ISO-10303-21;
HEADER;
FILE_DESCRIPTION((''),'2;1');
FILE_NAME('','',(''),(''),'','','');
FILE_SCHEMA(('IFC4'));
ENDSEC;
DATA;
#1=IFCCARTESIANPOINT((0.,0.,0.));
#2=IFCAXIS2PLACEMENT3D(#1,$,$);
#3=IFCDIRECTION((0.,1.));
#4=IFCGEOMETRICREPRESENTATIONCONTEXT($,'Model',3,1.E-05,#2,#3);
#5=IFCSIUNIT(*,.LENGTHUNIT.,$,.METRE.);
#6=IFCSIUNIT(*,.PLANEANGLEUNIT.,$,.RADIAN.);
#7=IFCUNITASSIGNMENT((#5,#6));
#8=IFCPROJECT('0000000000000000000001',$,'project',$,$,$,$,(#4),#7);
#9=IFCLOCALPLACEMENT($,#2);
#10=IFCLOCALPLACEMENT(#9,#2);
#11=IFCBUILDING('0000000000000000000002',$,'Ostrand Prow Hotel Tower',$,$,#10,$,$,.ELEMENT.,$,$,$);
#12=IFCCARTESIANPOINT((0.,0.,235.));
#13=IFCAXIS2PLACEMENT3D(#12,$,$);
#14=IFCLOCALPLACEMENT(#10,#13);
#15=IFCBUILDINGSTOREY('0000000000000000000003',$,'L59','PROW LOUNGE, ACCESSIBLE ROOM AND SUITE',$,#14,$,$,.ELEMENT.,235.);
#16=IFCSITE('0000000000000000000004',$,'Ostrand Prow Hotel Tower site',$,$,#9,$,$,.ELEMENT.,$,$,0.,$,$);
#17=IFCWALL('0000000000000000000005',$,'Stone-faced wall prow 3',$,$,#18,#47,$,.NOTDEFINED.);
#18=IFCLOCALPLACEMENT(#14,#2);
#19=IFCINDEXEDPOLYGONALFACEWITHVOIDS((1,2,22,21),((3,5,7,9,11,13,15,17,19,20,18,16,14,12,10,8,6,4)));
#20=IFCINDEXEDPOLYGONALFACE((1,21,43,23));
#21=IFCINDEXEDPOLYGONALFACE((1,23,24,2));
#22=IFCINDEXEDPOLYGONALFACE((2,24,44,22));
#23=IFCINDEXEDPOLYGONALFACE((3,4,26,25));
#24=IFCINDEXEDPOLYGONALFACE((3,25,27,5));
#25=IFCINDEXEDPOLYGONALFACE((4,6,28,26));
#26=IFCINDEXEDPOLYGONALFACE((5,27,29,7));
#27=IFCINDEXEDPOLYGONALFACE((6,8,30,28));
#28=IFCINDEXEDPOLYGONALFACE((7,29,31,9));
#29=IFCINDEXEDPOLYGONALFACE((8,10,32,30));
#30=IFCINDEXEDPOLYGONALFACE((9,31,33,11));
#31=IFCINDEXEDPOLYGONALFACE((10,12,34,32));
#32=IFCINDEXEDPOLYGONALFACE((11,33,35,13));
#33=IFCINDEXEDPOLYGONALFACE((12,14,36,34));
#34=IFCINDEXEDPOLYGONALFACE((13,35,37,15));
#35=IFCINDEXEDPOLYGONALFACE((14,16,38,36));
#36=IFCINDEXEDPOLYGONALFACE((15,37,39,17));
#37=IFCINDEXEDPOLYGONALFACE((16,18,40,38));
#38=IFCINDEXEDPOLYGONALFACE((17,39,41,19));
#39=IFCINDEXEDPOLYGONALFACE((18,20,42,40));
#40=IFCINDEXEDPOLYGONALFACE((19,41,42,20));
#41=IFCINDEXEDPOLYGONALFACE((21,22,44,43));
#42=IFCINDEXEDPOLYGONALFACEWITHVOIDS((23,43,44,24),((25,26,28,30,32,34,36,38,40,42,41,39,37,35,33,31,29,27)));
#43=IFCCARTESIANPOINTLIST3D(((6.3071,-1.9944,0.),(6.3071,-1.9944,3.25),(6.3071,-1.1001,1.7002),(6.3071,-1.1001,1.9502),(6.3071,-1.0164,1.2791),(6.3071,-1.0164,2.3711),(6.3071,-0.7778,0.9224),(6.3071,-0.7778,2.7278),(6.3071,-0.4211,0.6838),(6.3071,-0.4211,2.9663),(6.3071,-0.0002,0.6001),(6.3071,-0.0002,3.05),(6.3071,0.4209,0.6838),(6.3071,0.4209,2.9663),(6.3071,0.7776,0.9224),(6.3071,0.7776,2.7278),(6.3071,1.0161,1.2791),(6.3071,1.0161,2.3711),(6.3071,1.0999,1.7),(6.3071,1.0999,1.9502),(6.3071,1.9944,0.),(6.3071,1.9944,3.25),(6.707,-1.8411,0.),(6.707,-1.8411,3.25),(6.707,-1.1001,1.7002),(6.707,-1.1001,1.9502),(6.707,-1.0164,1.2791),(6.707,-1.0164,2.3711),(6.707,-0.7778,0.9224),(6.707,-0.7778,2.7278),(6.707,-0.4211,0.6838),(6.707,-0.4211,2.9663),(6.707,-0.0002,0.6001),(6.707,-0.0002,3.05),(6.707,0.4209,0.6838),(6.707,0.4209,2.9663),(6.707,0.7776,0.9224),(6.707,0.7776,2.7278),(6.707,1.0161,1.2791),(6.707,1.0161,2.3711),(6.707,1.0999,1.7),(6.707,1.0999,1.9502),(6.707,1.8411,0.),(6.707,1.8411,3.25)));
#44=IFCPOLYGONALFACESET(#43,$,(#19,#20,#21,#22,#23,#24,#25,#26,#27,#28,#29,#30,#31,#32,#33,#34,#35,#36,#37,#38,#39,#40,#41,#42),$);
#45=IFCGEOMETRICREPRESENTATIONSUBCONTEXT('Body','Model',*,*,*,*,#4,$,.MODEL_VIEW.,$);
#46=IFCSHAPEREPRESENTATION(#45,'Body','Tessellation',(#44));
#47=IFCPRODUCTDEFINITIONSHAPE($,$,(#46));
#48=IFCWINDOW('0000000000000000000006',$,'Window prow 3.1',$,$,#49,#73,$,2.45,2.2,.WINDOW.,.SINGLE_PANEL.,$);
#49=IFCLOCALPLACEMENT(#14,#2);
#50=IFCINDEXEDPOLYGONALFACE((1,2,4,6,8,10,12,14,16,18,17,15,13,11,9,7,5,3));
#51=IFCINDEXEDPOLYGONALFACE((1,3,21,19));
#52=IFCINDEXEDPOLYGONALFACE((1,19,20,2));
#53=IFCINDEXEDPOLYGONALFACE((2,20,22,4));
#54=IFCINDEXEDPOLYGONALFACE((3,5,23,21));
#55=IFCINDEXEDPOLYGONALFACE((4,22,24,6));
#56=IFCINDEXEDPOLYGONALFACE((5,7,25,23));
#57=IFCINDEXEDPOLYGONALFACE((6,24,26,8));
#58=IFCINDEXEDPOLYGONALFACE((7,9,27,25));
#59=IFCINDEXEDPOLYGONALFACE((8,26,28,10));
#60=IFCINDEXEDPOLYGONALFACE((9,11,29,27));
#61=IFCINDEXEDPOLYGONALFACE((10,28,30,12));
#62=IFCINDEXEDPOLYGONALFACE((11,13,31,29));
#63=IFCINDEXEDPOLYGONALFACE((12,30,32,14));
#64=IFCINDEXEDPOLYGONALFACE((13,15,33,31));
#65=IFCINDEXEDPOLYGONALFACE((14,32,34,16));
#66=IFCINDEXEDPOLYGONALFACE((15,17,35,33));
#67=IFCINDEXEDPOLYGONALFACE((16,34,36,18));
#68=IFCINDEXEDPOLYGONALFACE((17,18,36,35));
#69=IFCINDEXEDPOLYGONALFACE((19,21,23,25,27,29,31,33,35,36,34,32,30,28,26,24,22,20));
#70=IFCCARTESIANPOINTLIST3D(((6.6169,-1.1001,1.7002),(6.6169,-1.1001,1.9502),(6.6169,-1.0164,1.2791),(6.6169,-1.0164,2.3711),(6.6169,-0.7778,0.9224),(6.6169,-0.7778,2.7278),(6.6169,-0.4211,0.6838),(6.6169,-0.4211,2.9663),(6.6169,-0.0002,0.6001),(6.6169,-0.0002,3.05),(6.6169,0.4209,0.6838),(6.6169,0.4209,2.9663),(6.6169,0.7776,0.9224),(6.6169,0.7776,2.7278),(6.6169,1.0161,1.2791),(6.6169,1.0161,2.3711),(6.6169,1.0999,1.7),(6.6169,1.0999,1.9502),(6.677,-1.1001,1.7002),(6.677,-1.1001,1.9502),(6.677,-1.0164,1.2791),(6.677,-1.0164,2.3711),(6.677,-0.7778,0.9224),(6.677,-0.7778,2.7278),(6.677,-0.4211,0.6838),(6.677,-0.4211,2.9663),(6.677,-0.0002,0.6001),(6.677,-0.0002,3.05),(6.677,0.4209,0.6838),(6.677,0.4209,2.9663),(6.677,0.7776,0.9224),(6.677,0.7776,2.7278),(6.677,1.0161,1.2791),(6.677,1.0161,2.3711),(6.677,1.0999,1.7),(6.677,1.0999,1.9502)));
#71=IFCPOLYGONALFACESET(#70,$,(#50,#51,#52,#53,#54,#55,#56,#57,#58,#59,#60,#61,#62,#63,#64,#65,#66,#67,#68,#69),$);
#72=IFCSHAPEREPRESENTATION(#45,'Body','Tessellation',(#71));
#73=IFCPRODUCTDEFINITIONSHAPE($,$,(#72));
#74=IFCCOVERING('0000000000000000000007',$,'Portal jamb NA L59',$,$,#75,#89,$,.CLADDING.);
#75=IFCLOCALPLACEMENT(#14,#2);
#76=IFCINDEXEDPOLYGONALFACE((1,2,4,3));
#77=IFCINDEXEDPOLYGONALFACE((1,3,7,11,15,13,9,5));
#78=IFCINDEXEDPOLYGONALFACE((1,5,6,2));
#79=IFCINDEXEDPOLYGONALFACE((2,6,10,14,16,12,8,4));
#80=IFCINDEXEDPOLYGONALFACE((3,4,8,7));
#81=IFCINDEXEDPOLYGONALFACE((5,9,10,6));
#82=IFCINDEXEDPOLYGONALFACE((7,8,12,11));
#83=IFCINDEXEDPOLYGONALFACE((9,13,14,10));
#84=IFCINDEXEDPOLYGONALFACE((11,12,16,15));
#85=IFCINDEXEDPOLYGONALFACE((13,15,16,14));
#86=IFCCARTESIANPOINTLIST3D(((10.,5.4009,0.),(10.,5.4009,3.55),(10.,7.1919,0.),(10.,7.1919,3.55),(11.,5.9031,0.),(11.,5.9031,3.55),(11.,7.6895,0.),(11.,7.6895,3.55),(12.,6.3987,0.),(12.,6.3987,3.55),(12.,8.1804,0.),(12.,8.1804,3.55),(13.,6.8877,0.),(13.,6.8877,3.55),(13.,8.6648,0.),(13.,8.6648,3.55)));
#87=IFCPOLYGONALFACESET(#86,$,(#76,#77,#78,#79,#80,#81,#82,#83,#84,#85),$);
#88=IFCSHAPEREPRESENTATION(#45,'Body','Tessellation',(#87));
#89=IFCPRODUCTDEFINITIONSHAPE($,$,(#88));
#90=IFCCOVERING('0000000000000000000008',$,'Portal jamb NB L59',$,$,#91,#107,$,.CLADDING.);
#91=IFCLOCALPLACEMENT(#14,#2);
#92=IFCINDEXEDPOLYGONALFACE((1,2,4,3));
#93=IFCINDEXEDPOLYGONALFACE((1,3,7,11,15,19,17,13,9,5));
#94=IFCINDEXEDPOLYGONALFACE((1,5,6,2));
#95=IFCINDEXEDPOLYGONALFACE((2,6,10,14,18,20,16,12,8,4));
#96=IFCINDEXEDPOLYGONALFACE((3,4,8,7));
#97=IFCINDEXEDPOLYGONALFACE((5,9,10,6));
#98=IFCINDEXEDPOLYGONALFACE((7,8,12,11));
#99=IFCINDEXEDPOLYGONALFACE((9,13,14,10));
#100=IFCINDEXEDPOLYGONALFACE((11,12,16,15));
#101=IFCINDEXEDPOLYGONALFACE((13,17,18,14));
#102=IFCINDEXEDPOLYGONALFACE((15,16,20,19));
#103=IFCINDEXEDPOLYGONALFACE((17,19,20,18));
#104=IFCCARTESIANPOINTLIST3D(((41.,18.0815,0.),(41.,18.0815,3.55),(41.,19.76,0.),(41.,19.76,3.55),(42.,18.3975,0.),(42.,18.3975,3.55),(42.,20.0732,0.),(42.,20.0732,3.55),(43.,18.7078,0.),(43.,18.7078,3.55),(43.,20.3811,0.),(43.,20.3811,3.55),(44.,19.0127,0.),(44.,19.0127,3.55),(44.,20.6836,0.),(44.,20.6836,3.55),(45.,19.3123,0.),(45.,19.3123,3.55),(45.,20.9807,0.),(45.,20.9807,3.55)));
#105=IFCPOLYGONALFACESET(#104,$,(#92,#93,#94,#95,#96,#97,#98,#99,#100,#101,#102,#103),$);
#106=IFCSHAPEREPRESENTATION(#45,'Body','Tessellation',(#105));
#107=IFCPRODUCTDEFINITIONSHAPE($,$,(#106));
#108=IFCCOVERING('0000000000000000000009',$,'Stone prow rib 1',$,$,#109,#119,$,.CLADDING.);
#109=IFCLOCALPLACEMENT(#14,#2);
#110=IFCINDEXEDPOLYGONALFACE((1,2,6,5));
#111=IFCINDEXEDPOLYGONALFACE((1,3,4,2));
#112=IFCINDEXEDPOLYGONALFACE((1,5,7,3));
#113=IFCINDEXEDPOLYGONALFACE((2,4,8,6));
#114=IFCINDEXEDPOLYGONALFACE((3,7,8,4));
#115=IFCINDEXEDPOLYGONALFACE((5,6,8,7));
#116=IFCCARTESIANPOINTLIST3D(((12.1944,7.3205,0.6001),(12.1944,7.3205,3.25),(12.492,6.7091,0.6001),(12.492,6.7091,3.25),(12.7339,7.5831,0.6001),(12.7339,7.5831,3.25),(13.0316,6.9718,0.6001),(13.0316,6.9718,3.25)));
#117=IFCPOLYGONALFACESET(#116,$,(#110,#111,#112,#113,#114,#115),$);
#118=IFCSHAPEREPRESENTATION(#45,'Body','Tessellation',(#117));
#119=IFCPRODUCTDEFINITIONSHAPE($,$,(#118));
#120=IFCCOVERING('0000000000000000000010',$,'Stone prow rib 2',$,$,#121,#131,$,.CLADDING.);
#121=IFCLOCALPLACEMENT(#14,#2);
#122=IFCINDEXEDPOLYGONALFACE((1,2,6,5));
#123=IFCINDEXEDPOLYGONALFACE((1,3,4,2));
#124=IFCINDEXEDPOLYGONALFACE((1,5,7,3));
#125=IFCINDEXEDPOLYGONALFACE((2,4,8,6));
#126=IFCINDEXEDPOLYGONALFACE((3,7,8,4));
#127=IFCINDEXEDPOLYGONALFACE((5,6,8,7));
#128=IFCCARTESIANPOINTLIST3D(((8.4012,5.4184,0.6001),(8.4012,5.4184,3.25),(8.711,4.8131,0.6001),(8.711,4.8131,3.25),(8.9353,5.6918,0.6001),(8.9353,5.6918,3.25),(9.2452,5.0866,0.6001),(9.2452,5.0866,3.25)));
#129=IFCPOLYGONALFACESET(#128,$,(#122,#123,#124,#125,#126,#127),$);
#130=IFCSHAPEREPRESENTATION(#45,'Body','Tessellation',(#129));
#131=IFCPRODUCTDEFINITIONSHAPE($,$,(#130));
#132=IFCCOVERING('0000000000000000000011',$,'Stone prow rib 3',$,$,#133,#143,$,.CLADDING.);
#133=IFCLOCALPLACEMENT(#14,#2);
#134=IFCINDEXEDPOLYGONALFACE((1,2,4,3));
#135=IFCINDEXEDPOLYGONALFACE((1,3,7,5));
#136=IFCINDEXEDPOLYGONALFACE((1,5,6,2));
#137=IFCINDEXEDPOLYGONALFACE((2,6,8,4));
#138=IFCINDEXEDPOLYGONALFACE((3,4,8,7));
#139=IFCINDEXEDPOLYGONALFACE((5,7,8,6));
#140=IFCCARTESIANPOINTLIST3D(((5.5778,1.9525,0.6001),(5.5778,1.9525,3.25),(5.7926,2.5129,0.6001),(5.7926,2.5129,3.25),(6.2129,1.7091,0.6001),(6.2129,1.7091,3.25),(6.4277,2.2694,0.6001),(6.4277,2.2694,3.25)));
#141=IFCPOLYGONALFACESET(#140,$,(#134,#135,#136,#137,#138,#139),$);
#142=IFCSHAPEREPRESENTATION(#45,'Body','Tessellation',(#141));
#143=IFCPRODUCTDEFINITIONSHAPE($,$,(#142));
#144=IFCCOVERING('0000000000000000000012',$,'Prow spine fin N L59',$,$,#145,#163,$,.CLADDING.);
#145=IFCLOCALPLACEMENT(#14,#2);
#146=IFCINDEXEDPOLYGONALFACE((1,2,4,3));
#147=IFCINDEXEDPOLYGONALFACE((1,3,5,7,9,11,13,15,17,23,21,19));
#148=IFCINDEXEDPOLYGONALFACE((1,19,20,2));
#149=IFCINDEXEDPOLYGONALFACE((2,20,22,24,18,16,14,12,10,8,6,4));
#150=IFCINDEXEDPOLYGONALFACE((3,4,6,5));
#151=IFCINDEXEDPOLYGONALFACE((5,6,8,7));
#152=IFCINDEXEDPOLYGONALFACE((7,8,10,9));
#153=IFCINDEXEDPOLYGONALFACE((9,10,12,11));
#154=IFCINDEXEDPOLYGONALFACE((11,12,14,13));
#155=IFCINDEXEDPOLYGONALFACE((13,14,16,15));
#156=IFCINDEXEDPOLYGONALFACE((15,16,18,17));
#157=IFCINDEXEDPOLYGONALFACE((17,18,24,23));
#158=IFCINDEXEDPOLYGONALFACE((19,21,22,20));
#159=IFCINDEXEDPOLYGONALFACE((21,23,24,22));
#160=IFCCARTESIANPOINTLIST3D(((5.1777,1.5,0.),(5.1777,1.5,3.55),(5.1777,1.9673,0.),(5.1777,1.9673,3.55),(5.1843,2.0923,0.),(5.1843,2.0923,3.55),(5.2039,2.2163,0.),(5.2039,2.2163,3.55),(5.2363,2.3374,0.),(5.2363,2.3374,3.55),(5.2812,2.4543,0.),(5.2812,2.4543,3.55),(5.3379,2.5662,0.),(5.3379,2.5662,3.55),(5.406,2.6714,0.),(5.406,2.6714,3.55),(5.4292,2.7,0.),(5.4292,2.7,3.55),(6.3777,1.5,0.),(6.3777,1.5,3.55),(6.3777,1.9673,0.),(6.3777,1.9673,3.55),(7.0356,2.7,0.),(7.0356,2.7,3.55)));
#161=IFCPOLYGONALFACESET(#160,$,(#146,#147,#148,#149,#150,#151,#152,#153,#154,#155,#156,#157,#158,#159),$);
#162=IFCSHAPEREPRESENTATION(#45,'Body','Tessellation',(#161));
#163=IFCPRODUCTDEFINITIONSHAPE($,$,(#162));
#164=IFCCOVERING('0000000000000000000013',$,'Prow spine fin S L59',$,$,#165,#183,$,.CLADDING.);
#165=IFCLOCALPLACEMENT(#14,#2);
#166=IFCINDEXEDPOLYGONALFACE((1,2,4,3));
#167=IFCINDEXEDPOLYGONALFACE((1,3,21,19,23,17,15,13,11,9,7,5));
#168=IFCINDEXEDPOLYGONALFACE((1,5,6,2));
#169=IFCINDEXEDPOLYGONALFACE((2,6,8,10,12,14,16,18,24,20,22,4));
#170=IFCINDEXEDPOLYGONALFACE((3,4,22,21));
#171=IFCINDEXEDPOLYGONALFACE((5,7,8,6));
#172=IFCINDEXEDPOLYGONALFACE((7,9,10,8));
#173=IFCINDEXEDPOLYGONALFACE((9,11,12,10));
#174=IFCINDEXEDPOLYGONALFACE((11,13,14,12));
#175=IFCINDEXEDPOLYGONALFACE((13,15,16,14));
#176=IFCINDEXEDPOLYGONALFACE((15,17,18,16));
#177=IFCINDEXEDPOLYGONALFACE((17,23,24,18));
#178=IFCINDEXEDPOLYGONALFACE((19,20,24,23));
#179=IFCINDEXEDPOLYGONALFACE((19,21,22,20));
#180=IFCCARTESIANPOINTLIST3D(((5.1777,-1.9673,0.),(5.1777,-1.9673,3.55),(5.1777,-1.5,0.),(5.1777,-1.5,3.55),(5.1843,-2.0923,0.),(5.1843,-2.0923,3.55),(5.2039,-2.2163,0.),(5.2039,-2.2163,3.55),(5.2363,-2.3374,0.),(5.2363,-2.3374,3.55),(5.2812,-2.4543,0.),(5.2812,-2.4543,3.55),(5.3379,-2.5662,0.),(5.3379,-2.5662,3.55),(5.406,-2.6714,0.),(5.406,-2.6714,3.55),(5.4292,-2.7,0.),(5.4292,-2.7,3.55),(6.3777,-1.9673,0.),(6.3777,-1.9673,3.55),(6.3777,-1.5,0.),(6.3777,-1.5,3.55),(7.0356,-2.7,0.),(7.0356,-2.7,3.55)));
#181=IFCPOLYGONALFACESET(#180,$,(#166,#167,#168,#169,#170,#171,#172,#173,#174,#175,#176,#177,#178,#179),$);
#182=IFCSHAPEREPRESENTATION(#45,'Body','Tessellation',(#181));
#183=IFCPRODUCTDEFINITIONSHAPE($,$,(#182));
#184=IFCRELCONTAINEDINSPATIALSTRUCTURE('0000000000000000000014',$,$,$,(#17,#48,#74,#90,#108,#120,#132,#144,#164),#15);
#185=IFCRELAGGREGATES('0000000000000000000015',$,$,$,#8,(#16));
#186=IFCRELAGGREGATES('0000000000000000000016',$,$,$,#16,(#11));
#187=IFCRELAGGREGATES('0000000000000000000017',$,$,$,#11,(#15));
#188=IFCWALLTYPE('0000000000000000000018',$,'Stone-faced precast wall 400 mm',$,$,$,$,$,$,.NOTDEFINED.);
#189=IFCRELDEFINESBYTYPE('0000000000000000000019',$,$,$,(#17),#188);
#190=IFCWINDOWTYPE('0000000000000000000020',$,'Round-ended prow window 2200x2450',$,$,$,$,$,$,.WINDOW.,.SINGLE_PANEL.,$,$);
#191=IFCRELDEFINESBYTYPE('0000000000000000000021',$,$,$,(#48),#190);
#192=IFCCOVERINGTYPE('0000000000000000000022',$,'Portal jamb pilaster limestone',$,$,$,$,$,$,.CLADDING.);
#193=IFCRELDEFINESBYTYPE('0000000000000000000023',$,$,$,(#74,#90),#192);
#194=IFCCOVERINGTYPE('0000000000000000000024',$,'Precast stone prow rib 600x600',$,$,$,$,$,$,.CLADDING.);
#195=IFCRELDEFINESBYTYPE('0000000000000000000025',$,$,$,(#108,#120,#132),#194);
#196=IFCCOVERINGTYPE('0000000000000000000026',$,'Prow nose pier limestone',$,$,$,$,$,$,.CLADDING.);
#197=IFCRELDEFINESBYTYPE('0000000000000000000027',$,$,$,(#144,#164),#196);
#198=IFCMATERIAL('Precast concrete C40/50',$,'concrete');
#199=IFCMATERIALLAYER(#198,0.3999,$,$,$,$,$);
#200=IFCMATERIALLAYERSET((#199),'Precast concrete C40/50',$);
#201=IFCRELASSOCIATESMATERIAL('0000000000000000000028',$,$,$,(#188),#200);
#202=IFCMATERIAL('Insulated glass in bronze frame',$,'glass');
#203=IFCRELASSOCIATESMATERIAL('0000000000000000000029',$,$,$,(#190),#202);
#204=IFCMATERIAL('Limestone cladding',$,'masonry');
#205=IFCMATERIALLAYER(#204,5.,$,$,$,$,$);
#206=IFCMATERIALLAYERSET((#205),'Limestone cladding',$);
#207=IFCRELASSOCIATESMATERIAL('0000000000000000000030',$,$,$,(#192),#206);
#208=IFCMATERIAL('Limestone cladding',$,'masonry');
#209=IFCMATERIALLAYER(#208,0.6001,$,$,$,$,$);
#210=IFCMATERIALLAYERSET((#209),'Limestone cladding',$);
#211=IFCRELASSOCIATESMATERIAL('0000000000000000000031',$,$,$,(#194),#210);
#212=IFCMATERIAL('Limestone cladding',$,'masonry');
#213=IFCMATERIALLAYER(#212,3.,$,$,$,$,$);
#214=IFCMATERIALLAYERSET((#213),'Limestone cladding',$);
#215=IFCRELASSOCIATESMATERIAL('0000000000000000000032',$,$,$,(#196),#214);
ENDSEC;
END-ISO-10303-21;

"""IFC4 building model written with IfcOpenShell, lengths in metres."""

from ifc_helpers import new_model, si_unit, direction, frame, frame_2d, origin, place, context, subcontext, project, spatial, polyline, rectangle, outline, extrude, material, layer, layer_set, type_object, element, fill, save


model = new_model("IFC4")

# Units and contexts
model_context = context("Model", 3, precision=1e-05, world=origin(), true_north=direction((0.0, 1.0)))
body_context = subcontext(model_context, "Body", "Model", "MODEL_VIEW")
ifc_project = project(units=[si_unit("LENGTHUNIT", "METRE"), si_unit("PLANEANGLEUNIT", "RADIAN")], contexts=[model_context])

# Site, building, storey
site_placement = place(None, origin())
site = spatial("IfcSite", under=ifc_project, at=site_placement, Name="Ostrand Prow Hotel Tower site", CompositionType="ELEMENT", RefElevation=0.0)
building_placement = place(site_placement, origin())
building = spatial("IfcBuilding", under=site, at=building_placement, Name="Ostrand Prow Hotel Tower", CompositionType="ELEMENT")
storey_placement = place(building_placement, frame((0.0, 0.0, 235.0)))
storey = spatial("IfcBuildingStorey", under=building, at=storey_placement, Name="L59", Description="PROW LOUNGE, ACCESSIBLE ROOM AND SUITE", CompositionType="ELEMENT", Elevation=235.0)

# Wall, opening, window
ifc_material_1 = material(Name="Precast concrete C40/50", Category="concrete")
ifc_layer_1 = layer(ifc_material_1, 0.3999)
ifc_layer_set_1 = layer_set([ifc_layer_1], Name="Precast concrete C40/50")
wall_type_1 = type_object("IfcWallType", Name="Stone-faced precast wall 400 mm", PredefinedType="NOTDEFINED", material=ifc_layer_set_1)
ifc_material_2 = material(Name="Insulated glass in bronze frame", Category="glass")
window_type = type_object("IfcWindowType", Name="Round-ended prow window 2200x2450", PartitioningType="SINGLE_PANEL", PredefinedType="WINDOW", material=ifc_material_2)
wall_1_placement = place(storey_placement, frame((6.5071, 1.9177, 0.0), z_axis=(0.0, 0.0, 1.0), x_axis=(0.0, -1.0, 0.0)))
wall_1 = element("IfcWall", 1, at=wall_1_placement, inside=storey, type_object=wall_type_1, Name="Stone-faced wall prow 3", PredefinedType="NOTDEFINED", context=body_context, shape_type="SweptSolid", body=[
    extrude(outline(polyline([(-0.0767, -0.2), (3.9121, -0.2), (3.7588, 0.2), (0.0767, 0.2), (-0.0767, -0.2)])), origin(), (0.0, 0.0, 1.0), 3.25),
])
opening_1_placement = place(wall_1_placement, frame((0.8179, 0.0, 0.6001)))
opening_1 = element("IfcOpeningElement", 2, at=opening_1_placement, cuts=wall_1, PredefinedType="OPENING", context=body_context, shape_type="SweptSolid", body=[
    extrude(outline(polyline([(0.0, 1.3501), (0.0837, 1.771), (0.3223, 2.1277), (0.679, 2.3662), (1.1001, 2.45), (1.521, 2.3662), (1.8777, 2.1277), (2.1162, 1.771), (2.2, 1.3501), (2.2, 1.1001), (2.1162, 0.679), (1.8777, 0.3223), (1.521, 0.0837), (1.1001, 0.0), (0.679, 0.0837), (0.3223, 0.3223), (0.0837, 0.679), (0.0, 1.0999), (0.0, 1.3501)])), frame((0.0, 0.21, 0.0), z_axis=(0.0, -1.0, 0.0), x_axis=(1.0, 0.0, 0.0)), (0.0, 0.0, 1.0), 0.4199),
])
window_1_placement = place(opening_1_placement, origin())
window_1 = element("IfcWindow", 3, at=window_1_placement, inside=storey, type_object=window_type, Name="Window prow 3.1", OverallHeight=2.45, OverallWidth=2.2, PartitioningType="SINGLE_PANEL", PredefinedType="WINDOW", context=body_context, shape_type="SweptSolid", body=[
    extrude(outline(polyline([(0.0, 1.3501), (0.0837, 1.771), (0.3223, 2.1277), (0.679, 2.3662), (1.1001, 2.45), (1.521, 2.3662), (1.8777, 2.1277), (2.1162, 1.771), (2.2, 1.3501), (2.2, 1.1001), (2.1162, 0.679), (1.8777, 0.3223), (1.521, 0.0837), (1.1001, 0.0), (0.679, 0.0837), (0.3223, 0.3223), (0.0837, 0.679), (0.0, 1.0999), (0.0, 1.3501)])), frame((0.0, 0.1699, 0.0), z_axis=(0.0, -1.0, 0.0), x_axis=(1.0, 0.0, 0.0)), (0.0, 0.0, 1.0), 0.0601),
])
fill(opening_1, window_1)

# Coverings
ifc_material_3 = material(Name="Limestone cladding", Category="masonry")
ifc_layer_2 = layer(ifc_material_3, 5.0)
ifc_layer_set_2 = layer_set([ifc_layer_2], Name="Limestone cladding")
covering_type_1 = type_object("IfcCoveringType", Name="Portal jamb pilaster limestone", PredefinedType="CLADDING", material=ifc_layer_set_2)
covering_1_placement = place(storey_placement, origin())
element("IfcCovering", 4, at=covering_1_placement, inside=storey, type_object=covering_type_1, Name="Portal jamb NA L59", PredefinedType="CLADDING", context=body_context, shape_type="SweptSolid", body=[
    extrude(outline(polyline([(10.0, 5.4009), (11.0, 5.9031), (12.0, 6.3987), (13.0, 6.8877), (13.0, 8.6648), (12.0, 8.1804), (11.0, 7.6895), (10.0, 7.1919), (10.0, 5.4009)])), origin(), (0.0, 0.0, 1.0), 3.55),
])
covering_2_placement = place(storey_placement, origin())
element("IfcCovering", 5, at=covering_2_placement, inside=storey, type_object=covering_type_1, Name="Portal jamb NB L59", PredefinedType="CLADDING", context=body_context, shape_type="SweptSolid", body=[
    extrude(outline(polyline([(41.0, 18.0815), (42.0, 18.3975), (43.0, 18.7078), (44.0, 19.0127), (45.0, 19.3123), (45.0, 20.9807), (44.0, 20.6836), (43.0, 20.3811), (42.0, 20.0732), (41.0, 19.76), (41.0, 18.0815)])), origin(), (0.0, 0.0, 1.0), 3.55),
])
ifc_material_4 = material(Name="Limestone cladding", Category="masonry")
ifc_layer_3 = layer(ifc_material_4, 0.6001)
ifc_layer_set_3 = layer_set([ifc_layer_3], Name="Limestone cladding")
covering_type_2 = type_object("IfcCoveringType", Name="Precast stone prow rib 600x600", PredefinedType="CLADDING", material=ifc_layer_set_3)
for number, where, z_axis, x_axis, name in (
    (6, (12.7617, 6.8406, 0.6001), (0.0, 0.0, 1.0), (-0.437709, 0.899117, 0.0), "Stone prow rib 1"),
    (7, (8.978, 4.95, 0.6001), (0.0, 0.0, 1.0), (-0.455668, 0.89015, 0.0), "Stone prow rib 2"),
):
    element("IfcCovering", number, at=place(storey_placement, frame(where, z_axis=z_axis, x_axis=x_axis)), inside=storey, type_object=covering_type_2, Name=name, PredefinedType="CLADDING", context=body_context, shape_type="SweptSolid", body=[
        extrude(rectangle(XDim=0.6799, YDim=0.6001, at=frame_2d((0.3398, 0.0))), origin(), (0.0, 0.0, 1.0), 2.6499),
    ])
covering_3_placement = place(storey_placement, frame((6.3203, 1.9893, 0.6001), z_axis=(0.0, 0.0, 1.0), x_axis=(-0.933752, 0.35792, 0.0)))
element("IfcCovering", 8, at=covering_3_placement, inside=storey, type_object=covering_type_2, Name="Stone prow rib 3", PredefinedType="CLADDING", context=body_context, shape_type="SweptSolid", body=[
    extrude(rectangle(XDim=0.6802, YDim=0.6001, at=frame_2d((0.3401, 0.0))), origin(), (0.0, 0.0, 1.0), 2.6499),
])
ifc_material_5 = material(Name="Limestone cladding", Category="masonry")
ifc_layer_4 = layer(ifc_material_5, 3.0)
ifc_layer_set_4 = layer_set([ifc_layer_4], Name="Limestone cladding")
covering_type_3 = type_object("IfcCoveringType", Name="Prow nose pier limestone", PredefinedType="CLADDING", material=ifc_layer_set_4)
covering_4_placement = place(storey_placement, origin())
element("IfcCovering", 9, at=covering_4_placement, inside=storey, type_object=covering_type_3, Name="Prow spine fin N L59", PredefinedType="CLADDING", context=body_context, shape_type="SweptSolid", body=[
    extrude(outline(polyline([(5.1777, 1.9673), (5.1777, 1.5), (6.3777, 1.5), (6.3777, 1.9673), (7.0356, 2.7), (5.4292, 2.7), (5.406, 2.6714), (5.3379, 2.5662), (5.2812, 2.4543), (5.2363, 2.3374), (5.2039, 2.2163), (5.1843, 2.0923), (5.1777, 1.9673)])), origin(), (0.0, 0.0, 1.0), 3.55),
])
covering_5_placement = place(storey_placement, origin())
element("IfcCovering", 10, at=covering_5_placement, inside=storey, type_object=covering_type_3, Name="Prow spine fin S L59", PredefinedType="CLADDING", context=body_context, shape_type="SweptSolid", body=[
    extrude(outline(polyline([(5.406, -2.6714), (5.4292, -2.7), (7.0356, -2.7), (6.3777, -1.9673), (6.3777, -1.5), (5.1777, -1.5), (5.1777, -1.9673), (5.1843, -2.0923), (5.2039, -2.2163), (5.2363, -2.3374), (5.2812, -2.4543), (5.3379, -2.5662), (5.406, -2.6714)])), origin(), (0.0, 0.0, 1.0), 3.55),
])

save(model, "model.ifc")
